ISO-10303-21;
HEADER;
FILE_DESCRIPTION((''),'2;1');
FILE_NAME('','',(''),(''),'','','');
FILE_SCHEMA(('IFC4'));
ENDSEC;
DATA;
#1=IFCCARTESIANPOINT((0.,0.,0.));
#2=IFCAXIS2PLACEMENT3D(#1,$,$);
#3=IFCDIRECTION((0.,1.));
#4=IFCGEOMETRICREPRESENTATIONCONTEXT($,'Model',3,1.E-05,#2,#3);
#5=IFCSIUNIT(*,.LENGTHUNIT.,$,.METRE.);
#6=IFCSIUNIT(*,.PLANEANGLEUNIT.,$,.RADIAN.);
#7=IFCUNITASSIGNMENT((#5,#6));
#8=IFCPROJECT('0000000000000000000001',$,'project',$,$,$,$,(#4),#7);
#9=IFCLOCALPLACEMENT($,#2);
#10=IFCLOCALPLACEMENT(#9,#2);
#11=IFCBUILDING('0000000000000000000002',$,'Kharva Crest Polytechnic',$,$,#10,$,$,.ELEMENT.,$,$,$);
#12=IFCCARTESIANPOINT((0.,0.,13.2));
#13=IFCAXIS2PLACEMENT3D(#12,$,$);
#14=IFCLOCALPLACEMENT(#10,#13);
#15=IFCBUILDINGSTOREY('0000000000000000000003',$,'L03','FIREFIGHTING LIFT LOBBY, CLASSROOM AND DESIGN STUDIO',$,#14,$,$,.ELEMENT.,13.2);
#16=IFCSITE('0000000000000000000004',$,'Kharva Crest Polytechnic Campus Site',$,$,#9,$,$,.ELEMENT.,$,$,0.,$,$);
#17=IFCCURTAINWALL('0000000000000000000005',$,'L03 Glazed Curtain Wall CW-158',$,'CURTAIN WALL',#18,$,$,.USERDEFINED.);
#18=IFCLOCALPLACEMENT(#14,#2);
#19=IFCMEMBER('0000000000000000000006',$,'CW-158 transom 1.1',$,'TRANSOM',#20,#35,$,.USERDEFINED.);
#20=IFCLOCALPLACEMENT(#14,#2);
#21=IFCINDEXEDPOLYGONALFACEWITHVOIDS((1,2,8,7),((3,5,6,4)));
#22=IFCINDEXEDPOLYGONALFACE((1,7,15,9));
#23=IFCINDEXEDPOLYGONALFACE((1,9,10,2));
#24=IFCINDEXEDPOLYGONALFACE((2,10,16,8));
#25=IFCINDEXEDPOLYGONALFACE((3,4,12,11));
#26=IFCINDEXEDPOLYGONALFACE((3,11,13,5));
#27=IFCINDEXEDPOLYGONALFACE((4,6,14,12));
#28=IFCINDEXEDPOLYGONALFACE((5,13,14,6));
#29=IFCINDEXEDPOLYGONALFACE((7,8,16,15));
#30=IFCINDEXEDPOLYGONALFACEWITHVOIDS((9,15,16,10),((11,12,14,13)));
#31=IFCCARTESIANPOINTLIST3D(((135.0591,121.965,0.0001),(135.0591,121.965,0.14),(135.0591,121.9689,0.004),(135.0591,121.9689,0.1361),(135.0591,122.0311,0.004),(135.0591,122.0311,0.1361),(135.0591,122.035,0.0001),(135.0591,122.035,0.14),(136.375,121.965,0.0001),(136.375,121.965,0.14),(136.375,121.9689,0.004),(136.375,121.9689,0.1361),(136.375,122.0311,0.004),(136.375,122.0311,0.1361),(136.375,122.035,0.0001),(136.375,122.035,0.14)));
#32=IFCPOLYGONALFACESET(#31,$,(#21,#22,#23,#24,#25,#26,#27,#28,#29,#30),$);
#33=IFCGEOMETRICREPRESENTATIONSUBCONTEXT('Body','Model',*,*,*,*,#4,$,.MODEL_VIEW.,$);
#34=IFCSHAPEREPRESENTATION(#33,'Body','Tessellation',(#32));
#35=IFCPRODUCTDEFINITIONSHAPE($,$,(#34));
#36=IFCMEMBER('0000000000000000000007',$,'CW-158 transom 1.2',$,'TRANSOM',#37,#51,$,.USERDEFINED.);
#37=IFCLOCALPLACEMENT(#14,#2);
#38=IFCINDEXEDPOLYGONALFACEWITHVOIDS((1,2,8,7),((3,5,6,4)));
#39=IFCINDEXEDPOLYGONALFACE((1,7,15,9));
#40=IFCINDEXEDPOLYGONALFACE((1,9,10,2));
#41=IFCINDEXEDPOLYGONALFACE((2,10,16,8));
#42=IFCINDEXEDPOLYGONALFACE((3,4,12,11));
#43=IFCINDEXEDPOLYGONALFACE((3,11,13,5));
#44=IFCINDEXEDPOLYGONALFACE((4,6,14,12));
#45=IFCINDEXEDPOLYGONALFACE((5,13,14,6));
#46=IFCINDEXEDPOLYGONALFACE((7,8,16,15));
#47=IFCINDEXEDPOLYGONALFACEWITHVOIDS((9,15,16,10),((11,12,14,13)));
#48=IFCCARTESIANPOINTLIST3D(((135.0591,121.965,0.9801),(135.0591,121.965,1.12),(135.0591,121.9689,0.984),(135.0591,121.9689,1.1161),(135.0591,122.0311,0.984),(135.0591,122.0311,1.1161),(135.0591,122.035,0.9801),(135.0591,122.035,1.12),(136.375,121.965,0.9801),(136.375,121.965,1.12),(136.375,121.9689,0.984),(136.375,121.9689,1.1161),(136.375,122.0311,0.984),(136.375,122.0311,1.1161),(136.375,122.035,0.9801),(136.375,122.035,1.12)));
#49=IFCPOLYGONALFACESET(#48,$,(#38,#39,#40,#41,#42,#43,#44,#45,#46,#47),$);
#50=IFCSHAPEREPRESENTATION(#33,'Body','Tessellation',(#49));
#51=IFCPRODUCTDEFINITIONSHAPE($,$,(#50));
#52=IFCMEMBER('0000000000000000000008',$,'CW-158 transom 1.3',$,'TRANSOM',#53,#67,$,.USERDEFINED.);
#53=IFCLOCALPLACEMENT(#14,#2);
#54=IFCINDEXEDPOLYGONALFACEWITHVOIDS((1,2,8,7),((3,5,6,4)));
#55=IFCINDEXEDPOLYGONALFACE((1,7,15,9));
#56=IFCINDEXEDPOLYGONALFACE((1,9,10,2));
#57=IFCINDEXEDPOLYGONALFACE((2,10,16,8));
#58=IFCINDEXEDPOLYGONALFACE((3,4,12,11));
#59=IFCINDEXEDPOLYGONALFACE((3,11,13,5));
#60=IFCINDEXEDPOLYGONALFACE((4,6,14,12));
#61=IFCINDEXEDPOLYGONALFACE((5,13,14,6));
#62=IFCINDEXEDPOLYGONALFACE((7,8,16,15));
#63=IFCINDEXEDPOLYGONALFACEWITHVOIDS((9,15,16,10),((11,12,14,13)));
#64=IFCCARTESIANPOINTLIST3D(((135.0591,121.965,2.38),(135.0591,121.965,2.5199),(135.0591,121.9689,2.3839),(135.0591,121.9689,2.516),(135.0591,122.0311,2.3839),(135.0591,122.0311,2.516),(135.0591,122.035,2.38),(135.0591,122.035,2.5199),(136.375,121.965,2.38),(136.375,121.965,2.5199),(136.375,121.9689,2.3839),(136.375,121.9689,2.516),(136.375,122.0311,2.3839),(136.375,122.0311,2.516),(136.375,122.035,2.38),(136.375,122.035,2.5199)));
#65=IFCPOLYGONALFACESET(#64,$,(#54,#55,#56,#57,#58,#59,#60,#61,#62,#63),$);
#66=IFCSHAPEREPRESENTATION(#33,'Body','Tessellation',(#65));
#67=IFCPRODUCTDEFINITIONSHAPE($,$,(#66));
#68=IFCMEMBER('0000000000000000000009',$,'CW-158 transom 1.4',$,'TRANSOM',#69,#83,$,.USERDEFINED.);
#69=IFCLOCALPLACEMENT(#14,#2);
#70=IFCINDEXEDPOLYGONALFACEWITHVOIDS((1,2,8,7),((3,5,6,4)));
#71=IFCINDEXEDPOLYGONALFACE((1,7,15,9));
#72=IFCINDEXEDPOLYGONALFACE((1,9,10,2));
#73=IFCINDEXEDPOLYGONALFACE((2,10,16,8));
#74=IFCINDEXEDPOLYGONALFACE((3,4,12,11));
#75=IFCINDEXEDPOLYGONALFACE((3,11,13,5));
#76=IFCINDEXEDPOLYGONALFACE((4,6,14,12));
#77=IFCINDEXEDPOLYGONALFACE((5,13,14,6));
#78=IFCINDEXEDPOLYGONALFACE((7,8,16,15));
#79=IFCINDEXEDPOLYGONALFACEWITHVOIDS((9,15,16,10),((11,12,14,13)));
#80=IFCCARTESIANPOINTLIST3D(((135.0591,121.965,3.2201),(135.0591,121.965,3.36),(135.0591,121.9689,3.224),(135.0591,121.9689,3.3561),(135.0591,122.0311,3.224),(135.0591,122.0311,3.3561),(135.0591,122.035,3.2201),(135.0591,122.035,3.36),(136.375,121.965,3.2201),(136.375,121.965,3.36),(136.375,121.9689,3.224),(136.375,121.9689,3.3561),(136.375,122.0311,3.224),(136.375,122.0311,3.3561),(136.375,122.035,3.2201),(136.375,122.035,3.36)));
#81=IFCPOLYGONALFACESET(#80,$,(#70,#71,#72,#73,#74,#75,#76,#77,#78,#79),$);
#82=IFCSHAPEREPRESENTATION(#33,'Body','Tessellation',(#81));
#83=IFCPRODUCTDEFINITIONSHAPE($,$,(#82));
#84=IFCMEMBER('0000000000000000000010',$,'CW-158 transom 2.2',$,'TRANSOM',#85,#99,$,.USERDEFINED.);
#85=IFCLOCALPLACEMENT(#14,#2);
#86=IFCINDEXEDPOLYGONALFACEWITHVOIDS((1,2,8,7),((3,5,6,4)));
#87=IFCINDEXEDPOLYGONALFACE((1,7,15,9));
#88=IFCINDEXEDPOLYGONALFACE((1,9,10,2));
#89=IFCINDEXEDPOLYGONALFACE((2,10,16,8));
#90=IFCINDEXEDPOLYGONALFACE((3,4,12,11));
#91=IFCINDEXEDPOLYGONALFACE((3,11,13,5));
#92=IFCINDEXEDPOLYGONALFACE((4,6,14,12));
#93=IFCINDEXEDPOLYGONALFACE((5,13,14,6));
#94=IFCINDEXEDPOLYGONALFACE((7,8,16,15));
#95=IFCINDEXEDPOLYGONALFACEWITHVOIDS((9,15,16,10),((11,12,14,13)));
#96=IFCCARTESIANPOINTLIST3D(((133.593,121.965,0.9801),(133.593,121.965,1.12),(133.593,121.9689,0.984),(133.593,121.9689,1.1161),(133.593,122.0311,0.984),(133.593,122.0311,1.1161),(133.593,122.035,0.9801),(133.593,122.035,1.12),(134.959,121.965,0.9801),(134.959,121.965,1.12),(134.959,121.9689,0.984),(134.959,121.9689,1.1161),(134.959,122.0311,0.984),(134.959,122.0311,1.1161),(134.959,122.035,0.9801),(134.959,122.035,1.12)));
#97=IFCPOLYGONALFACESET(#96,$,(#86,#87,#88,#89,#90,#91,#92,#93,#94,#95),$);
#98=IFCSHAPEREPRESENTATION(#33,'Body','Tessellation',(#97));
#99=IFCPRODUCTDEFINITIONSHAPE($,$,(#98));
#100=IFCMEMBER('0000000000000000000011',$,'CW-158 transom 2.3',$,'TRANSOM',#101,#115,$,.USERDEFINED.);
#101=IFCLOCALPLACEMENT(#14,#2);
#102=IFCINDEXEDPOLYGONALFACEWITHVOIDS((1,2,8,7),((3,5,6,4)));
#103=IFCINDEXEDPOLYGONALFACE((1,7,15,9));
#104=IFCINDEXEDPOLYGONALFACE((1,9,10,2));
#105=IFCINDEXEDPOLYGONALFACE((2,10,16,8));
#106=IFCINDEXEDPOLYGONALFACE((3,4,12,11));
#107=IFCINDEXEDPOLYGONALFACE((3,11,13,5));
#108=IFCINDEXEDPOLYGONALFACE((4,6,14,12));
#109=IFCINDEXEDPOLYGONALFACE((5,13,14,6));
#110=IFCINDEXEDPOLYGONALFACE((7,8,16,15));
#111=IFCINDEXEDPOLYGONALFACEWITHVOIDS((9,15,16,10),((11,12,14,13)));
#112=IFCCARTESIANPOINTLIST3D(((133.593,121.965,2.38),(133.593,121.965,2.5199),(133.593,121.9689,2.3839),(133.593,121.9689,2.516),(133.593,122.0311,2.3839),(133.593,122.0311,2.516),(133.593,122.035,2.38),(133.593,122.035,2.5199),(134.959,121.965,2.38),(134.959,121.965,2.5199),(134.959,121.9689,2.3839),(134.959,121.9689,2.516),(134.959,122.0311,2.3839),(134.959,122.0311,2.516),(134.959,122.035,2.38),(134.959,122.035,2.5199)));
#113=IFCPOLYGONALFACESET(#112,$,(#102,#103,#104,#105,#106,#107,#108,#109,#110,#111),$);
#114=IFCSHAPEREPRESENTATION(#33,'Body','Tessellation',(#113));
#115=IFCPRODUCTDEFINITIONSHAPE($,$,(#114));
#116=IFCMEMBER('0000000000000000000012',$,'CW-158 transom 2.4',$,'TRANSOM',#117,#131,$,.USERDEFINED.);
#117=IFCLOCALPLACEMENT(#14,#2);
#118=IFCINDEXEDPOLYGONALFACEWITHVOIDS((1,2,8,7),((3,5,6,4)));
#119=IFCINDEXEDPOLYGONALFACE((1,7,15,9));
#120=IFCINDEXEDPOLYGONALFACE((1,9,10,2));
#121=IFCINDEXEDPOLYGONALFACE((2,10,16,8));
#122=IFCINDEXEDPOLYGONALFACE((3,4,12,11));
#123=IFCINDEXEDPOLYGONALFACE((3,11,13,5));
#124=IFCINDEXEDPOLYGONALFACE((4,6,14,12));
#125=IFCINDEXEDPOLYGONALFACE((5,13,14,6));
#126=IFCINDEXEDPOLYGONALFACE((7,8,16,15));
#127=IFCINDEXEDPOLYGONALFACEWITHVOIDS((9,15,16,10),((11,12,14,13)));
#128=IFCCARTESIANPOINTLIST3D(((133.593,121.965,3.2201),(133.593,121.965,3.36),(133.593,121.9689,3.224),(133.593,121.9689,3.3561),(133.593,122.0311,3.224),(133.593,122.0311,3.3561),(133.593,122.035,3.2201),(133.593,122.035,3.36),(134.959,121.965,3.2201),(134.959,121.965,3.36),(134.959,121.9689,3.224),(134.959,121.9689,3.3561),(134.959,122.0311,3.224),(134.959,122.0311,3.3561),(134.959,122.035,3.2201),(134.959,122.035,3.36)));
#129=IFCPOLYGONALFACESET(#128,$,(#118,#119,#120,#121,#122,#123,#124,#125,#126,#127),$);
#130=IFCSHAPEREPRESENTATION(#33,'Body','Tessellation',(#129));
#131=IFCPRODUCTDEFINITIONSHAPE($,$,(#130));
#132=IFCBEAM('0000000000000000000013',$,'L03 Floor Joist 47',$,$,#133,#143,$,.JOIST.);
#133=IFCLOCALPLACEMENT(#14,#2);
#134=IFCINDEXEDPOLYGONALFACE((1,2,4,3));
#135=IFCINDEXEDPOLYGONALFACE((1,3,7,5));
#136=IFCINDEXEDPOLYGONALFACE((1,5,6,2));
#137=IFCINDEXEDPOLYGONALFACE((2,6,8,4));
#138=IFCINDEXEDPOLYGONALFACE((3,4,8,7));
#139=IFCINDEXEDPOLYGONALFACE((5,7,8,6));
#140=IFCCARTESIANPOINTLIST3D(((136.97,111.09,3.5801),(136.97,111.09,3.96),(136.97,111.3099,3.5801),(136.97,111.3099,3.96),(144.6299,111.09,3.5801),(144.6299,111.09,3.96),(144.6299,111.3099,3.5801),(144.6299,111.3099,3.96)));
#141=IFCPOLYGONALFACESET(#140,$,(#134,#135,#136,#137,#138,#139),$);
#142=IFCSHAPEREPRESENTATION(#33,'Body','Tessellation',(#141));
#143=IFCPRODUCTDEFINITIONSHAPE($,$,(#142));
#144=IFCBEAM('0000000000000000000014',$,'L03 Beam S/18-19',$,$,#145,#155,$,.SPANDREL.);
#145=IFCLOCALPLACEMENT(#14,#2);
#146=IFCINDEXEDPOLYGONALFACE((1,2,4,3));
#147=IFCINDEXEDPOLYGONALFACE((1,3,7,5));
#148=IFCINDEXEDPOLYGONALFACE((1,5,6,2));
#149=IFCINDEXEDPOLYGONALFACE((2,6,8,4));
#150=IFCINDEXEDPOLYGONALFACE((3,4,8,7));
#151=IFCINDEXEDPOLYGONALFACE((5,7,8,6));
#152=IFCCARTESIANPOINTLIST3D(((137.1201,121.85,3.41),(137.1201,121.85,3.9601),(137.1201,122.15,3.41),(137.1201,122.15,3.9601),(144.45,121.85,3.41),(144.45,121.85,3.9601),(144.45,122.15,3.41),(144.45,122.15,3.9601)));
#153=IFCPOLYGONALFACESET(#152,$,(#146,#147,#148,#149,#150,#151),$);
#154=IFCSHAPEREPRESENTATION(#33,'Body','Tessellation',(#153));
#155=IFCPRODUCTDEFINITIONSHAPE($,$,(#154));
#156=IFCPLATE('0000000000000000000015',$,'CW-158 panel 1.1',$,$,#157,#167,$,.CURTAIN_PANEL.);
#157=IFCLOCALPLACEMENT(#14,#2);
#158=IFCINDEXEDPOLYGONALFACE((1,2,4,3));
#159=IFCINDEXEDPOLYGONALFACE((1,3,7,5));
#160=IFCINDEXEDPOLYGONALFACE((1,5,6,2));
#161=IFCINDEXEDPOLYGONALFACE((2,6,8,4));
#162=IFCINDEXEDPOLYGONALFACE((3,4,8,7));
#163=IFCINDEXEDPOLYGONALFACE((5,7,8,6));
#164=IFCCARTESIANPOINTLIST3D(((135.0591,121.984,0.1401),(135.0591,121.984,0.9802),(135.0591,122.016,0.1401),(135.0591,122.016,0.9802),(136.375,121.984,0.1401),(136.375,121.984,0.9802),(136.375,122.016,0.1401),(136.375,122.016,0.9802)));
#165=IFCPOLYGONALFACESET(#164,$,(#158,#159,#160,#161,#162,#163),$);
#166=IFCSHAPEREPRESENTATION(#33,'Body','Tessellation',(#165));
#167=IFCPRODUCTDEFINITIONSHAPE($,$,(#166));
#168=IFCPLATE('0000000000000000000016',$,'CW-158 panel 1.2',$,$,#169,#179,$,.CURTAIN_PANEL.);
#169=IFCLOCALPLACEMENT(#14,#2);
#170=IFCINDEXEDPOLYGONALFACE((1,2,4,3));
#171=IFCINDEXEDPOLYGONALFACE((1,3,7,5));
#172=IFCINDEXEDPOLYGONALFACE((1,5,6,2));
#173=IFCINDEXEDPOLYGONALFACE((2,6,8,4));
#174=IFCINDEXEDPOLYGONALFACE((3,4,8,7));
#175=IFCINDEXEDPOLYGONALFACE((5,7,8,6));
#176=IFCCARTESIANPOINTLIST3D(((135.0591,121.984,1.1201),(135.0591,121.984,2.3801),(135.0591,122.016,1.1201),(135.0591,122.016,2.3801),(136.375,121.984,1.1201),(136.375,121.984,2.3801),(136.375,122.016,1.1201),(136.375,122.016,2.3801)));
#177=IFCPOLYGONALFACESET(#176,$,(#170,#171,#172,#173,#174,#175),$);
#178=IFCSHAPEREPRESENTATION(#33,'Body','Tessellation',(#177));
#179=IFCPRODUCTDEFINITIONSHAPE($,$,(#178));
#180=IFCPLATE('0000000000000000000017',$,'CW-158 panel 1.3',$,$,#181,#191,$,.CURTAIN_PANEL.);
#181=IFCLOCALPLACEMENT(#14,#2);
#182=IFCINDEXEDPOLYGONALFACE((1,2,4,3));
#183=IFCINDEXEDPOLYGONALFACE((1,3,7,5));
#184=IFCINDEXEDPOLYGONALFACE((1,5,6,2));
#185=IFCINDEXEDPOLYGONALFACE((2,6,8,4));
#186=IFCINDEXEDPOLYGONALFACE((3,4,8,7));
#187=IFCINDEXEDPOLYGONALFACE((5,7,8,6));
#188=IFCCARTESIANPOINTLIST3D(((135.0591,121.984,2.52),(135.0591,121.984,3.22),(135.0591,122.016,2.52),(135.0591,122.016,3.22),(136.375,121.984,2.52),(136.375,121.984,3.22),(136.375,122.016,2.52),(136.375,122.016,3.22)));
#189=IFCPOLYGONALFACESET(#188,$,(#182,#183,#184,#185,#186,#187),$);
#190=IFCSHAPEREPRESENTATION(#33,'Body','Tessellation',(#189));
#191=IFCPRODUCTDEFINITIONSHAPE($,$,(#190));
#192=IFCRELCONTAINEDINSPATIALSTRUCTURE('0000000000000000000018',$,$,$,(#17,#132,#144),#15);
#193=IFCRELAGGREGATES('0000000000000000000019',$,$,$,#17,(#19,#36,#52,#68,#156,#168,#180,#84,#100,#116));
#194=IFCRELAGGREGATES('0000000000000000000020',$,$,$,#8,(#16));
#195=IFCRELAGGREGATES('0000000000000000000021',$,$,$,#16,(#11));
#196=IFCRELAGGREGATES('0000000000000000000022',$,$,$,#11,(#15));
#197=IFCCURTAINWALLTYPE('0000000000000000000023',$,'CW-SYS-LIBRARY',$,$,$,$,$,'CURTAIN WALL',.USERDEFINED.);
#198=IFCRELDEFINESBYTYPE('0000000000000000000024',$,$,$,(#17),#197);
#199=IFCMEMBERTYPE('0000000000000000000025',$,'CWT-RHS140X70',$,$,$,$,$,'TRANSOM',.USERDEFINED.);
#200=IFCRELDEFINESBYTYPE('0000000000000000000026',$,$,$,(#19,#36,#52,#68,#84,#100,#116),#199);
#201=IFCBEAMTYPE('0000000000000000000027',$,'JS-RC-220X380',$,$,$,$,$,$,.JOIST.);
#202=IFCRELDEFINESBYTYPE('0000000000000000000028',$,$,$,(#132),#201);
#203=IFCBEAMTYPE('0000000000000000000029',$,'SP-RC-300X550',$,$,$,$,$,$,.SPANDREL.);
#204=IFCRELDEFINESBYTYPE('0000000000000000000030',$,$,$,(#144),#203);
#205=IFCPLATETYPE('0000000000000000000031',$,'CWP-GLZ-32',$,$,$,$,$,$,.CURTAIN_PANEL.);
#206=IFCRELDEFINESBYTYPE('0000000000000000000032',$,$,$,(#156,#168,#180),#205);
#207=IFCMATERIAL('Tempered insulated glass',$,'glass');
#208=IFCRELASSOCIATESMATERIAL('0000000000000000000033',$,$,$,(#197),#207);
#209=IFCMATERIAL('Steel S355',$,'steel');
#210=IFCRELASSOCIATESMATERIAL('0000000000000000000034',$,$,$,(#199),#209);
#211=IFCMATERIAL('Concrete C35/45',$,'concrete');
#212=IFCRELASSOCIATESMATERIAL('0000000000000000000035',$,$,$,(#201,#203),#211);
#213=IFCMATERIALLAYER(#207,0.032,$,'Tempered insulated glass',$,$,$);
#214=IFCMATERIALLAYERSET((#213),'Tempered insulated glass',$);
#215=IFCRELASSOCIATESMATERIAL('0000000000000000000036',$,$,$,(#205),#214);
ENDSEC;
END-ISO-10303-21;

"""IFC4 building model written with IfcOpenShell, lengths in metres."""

from ifc_helpers import new_model, si_unit, direction, frame, origin, origin_2d, place, context, subcontext, project, spatial, rectangle, hollow_rectangle, extrude, material, layer, layer_set, material_profile, profile_set, type_object, element, aggregate, save


model = new_model("IFC4")

# Units and contexts
model_context = context("Model", 3, precision=1e-05, world=origin(), true_north=direction((0.0, 1.0)))
body_context = subcontext(model_context, "Body", "Model", "MODEL_VIEW")
ifc_project = project(units=[si_unit("LENGTHUNIT", "METRE"), si_unit("PLANEANGLEUNIT", "RADIAN")], contexts=[model_context])

# Site, building, storey
site_placement = place(None, origin())
site = spatial("IfcSite", under=ifc_project, at=site_placement, Name="Kharva Crest Polytechnic Campus Site", CompositionType="ELEMENT", RefElevation=0.0)
building_placement = place(site_placement, origin())
building = spatial("IfcBuilding", under=site, at=building_placement, Name="Kharva Crest Polytechnic", CompositionType="ELEMENT")
storey_placement = place(building_placement, frame((0.0, 0.0, 13.2)))
storey = spatial("IfcBuildingStorey", under=building, at=storey_placement, Name="L03", Description="FIREFIGHTING LIFT LOBBY, CLASSROOM AND DESIGN STUDIO", CompositionType="ELEMENT", Elevation=13.2)

# Shared definitions
ifc_material_1 = material(Name="Concrete C35/45", Category="concrete")

# Shared definitions
ifc_material_2 = material(Name="Tempered insulated glass", Category="glass")
curtain_wall_type = type_object("IfcCurtainWallType", Name="CW-SYS-LIBRARY", ElementType="CURTAIN WALL", PredefinedType="USERDEFINED", material=ifc_material_2)
ifc_material_3 = material(Name="Steel S355", Category="steel")

# Curtain wall, members
curtain_wall_1_placement = place(storey_placement, origin())
curtain_wall_1 = element("IfcCurtainWall", 1, at=curtain_wall_1_placement, inside=storey, type_object=curtain_wall_type, Name="L03 Glazed Curtain Wall CW-158", ObjectType="CURTAIN WALL", PredefinedType="USERDEFINED")
ifc_material_profile_1 = material_profile(ifc_material_3, hollow_rectangle(XDim=0.0701, YDim=0.1399, WallThickness=0.0039, at=origin_2d()), Name="RHS 140X70X4.0")
ifc_profile_set_1 = profile_set([ifc_material_profile_1], Name="Steel S355")
member_type_1 = type_object("IfcMemberType", Name="CWT-RHS140X70", ElementType="TRANSOM", PredefinedType="USERDEFINED", material=ifc_profile_set_1)
member_1_placement = place(storey_placement, frame((136.375, 122.0, 0.0701), z_axis=(-1.0, 0.0, 0.0), x_axis=(0.0, -1.0, 0.0)))
member_1 = element("IfcMember", 2, at=member_1_placement, type_object=member_type_1, Name="CW-158 transom 1.1", ObjectType="TRANSOM", PredefinedType="USERDEFINED", context=body_context, shape_type="SweptSolid", body=[
    extrude(hollow_rectangle(XDim=0.0701, YDim=0.1399, WallThickness=0.0039, at=origin_2d()), origin(), (0.0, 0.0, 1.0), 1.3159),
])
member_2_placement = place(storey_placement, frame((136.375, 122.0, 1.05), z_axis=(-1.0, 0.0, 0.0), x_axis=(0.0, -1.0, 0.0)))
member_2 = element("IfcMember", 3, at=member_2_placement, type_object=member_type_1, Name="CW-158 transom 1.2", ObjectType="TRANSOM", PredefinedType="USERDEFINED", context=body_context, shape_type="SweptSolid", body=[
    extrude(hollow_rectangle(XDim=0.0701, YDim=0.1399, WallThickness=0.0039, at=origin_2d()), origin(), (0.0, 0.0, 1.0), 1.3159),
])
member_3_placement = place(storey_placement, frame((136.375, 122.0, 2.45), z_axis=(-1.0, 0.0, 0.0), x_axis=(0.0, -1.0, 0.0)))
member_3 = element("IfcMember", 4, at=member_3_placement, type_object=member_type_1, Name="CW-158 transom 1.3", ObjectType="TRANSOM", PredefinedType="USERDEFINED", context=body_context, shape_type="SweptSolid", body=[
    extrude(hollow_rectangle(XDim=0.0701, YDim=0.1399, WallThickness=0.0039, at=origin_2d()), origin(), (0.0, 0.0, 1.0), 1.3159),
])
member_4_placement = place(storey_placement, frame((136.375, 122.0, 3.29), z_axis=(-1.0, 0.0, 0.0), x_axis=(0.0, -1.0, 0.0)))
member_4 = element("IfcMember", 5, at=member_4_placement, type_object=member_type_1, Name="CW-158 transom 1.4", ObjectType="TRANSOM", PredefinedType="USERDEFINED", context=body_context, shape_type="SweptSolid", body=[
    extrude(hollow_rectangle(XDim=0.0701, YDim=0.1399, WallThickness=0.0039, at=origin_2d()), origin(), (0.0, 0.0, 1.0), 1.3159),
])
member_5_placement = place(storey_placement, frame((134.959, 122.0, 1.05), z_axis=(-1.0, 0.0, 0.0), x_axis=(0.0, -1.0, 0.0)))
member_5 = element("IfcMember", 6, at=member_5_placement, type_object=member_type_1, Name="CW-158 transom 2.2", ObjectType="TRANSOM", PredefinedType="USERDEFINED", context=body_context, shape_type="SweptSolid", body=[
    extrude(hollow_rectangle(XDim=0.0701, YDim=0.1399, WallThickness=0.0039, at=origin_2d()), origin(), (0.0, 0.0, 1.0), 1.366),
])
member_6_placement = place(storey_placement, frame((134.959, 122.0, 2.45), z_axis=(-1.0, 0.0, 0.0), x_axis=(0.0, -1.0, 0.0)))
member_6 = element("IfcMember", 7, at=member_6_placement, type_object=member_type_1, Name="CW-158 transom 2.3", ObjectType="TRANSOM", PredefinedType="USERDEFINED", context=body_context, shape_type="SweptSolid", body=[
    extrude(hollow_rectangle(XDim=0.0701, YDim=0.1399, WallThickness=0.0039, at=origin_2d()), origin(), (0.0, 0.0, 1.0), 1.366),
])
member_7_placement = place(storey_placement, frame((134.959, 122.0, 3.29), z_axis=(-1.0, 0.0, 0.0), x_axis=(0.0, -1.0, 0.0)))
member_7 = element("IfcMember", 8, at=member_7_placement, type_object=member_type_1, Name="CW-158 transom 2.4", ObjectType="TRANSOM", PredefinedType="USERDEFINED", context=body_context, shape_type="SweptSolid", body=[
    extrude(hollow_rectangle(XDim=0.0701, YDim=0.1399, WallThickness=0.0039, at=origin_2d()), origin(), (0.0, 0.0, 1.0), 1.366),
])

# Beams
ifc_material_profile_2 = material_profile(ifc_material_1, rectangle(XDim=0.22, YDim=0.3799, at=origin_2d()), Name="RECT 220 X 380")
ifc_profile_set_2 = profile_set([ifc_material_profile_2], Name="Concrete C35/45")
beam_type_1 = type_object("IfcBeamType", Name="JS-RC-220X380", PredefinedType="JOIST", material=ifc_profile_set_2)
beam_1_placement = place(storey_placement, frame((136.97, 111.2, 3.77), z_axis=(1.0, 0.0, 0.0), x_axis=(0.0, 1.0, 0.0)))
element("IfcBeam", 9, at=beam_1_placement, inside=storey, type_object=beam_type_1, Name="L03 Floor Joist 47", PredefinedType="JOIST", context=body_context, shape_type="SweptSolid", body=[
    extrude(rectangle(XDim=0.22, YDim=0.3799, at=origin_2d()), origin(), (0.0, 0.0, 1.0), 7.6599),
])
ifc_material_profile_3 = material_profile(ifc_material_1, rectangle(XDim=0.3, YDim=0.55, at=origin_2d()), Name="RECT 300 X 550")
ifc_profile_set_3 = profile_set([ifc_material_profile_3], Name="Concrete C35/45")
beam_type_2 = type_object("IfcBeamType", Name="SP-RC-300X550", PredefinedType="SPANDREL", material=ifc_profile_set_3)
beam_2_placement = place(storey_placement, frame((137.1201, 122.0, 3.6851), z_axis=(1.0, 0.0, 0.0), x_axis=(0.0, 1.0, 0.0)))
element("IfcBeam", 10, at=beam_2_placement, inside=storey, type_object=beam_type_2, Name="L03 Beam S/18-19", PredefinedType="SPANDREL", context=body_context, shape_type="SweptSolid", body=[
    extrude(rectangle(XDim=0.3, YDim=0.55, at=origin_2d()), origin(), (0.0, 0.0, 1.0), 7.3298),
])

# Plates
ifc_layer = layer(ifc_material_2, 0.032, Name="Tempered insulated glass")
ifc_layer_set = layer_set([ifc_layer], Name="Tempered insulated glass")
plate_type = type_object("IfcPlateType", Name="CWP-GLZ-32", PredefinedType="CURTAIN_PANEL", material=ifc_layer_set)
plate_1_placement = place(storey_placement, frame((135.717, 122.0, 0.1401), z_axis=(0.0, 0.0, 1.0), x_axis=(-1.0, 0.0, 0.0)))
plate_1 = element("IfcPlate", 11, at=plate_1_placement, type_object=plate_type, Name="CW-158 panel 1.1", PredefinedType="CURTAIN_PANEL", context=body_context, shape_type="SweptSolid", body=[
    extrude(rectangle(XDim=1.3159, YDim=0.032, at=origin_2d()), origin(), (0.0, 0.0, 1.0), 0.8401),
])
plate_2_placement = place(storey_placement, frame((135.717, 122.0, 1.1201), z_axis=(0.0, 0.0, 1.0), x_axis=(-1.0, 0.0, 0.0)))
plate_2 = element("IfcPlate", 12, at=plate_2_placement, type_object=plate_type, Name="CW-158 panel 1.2", PredefinedType="CURTAIN_PANEL", context=body_context, shape_type="SweptSolid", body=[
    extrude(rectangle(XDim=1.3159, YDim=0.032, at=origin_2d()), origin(), (0.0, 0.0, 1.0), 1.26),
])
plate_3_placement = place(storey_placement, frame((135.717, 122.0, 2.52), z_axis=(0.0, 0.0, 1.0), x_axis=(-1.0, 0.0, 0.0)))
plate_3 = element("IfcPlate", 13, at=plate_3_placement, type_object=plate_type, Name="CW-158 panel 1.3", PredefinedType="CURTAIN_PANEL", context=body_context, shape_type="SweptSolid", body=[
    extrude(rectangle(XDim=1.3159, YDim=0.032, at=origin_2d()), origin(), (0.0, 0.0, 1.0), 0.7),
])
aggregate(curtain_wall_1, [member_1, member_2, member_3, member_4, plate_1, plate_2, plate_3, member_5, member_6, member_7])

save(model, "model.ifc")
